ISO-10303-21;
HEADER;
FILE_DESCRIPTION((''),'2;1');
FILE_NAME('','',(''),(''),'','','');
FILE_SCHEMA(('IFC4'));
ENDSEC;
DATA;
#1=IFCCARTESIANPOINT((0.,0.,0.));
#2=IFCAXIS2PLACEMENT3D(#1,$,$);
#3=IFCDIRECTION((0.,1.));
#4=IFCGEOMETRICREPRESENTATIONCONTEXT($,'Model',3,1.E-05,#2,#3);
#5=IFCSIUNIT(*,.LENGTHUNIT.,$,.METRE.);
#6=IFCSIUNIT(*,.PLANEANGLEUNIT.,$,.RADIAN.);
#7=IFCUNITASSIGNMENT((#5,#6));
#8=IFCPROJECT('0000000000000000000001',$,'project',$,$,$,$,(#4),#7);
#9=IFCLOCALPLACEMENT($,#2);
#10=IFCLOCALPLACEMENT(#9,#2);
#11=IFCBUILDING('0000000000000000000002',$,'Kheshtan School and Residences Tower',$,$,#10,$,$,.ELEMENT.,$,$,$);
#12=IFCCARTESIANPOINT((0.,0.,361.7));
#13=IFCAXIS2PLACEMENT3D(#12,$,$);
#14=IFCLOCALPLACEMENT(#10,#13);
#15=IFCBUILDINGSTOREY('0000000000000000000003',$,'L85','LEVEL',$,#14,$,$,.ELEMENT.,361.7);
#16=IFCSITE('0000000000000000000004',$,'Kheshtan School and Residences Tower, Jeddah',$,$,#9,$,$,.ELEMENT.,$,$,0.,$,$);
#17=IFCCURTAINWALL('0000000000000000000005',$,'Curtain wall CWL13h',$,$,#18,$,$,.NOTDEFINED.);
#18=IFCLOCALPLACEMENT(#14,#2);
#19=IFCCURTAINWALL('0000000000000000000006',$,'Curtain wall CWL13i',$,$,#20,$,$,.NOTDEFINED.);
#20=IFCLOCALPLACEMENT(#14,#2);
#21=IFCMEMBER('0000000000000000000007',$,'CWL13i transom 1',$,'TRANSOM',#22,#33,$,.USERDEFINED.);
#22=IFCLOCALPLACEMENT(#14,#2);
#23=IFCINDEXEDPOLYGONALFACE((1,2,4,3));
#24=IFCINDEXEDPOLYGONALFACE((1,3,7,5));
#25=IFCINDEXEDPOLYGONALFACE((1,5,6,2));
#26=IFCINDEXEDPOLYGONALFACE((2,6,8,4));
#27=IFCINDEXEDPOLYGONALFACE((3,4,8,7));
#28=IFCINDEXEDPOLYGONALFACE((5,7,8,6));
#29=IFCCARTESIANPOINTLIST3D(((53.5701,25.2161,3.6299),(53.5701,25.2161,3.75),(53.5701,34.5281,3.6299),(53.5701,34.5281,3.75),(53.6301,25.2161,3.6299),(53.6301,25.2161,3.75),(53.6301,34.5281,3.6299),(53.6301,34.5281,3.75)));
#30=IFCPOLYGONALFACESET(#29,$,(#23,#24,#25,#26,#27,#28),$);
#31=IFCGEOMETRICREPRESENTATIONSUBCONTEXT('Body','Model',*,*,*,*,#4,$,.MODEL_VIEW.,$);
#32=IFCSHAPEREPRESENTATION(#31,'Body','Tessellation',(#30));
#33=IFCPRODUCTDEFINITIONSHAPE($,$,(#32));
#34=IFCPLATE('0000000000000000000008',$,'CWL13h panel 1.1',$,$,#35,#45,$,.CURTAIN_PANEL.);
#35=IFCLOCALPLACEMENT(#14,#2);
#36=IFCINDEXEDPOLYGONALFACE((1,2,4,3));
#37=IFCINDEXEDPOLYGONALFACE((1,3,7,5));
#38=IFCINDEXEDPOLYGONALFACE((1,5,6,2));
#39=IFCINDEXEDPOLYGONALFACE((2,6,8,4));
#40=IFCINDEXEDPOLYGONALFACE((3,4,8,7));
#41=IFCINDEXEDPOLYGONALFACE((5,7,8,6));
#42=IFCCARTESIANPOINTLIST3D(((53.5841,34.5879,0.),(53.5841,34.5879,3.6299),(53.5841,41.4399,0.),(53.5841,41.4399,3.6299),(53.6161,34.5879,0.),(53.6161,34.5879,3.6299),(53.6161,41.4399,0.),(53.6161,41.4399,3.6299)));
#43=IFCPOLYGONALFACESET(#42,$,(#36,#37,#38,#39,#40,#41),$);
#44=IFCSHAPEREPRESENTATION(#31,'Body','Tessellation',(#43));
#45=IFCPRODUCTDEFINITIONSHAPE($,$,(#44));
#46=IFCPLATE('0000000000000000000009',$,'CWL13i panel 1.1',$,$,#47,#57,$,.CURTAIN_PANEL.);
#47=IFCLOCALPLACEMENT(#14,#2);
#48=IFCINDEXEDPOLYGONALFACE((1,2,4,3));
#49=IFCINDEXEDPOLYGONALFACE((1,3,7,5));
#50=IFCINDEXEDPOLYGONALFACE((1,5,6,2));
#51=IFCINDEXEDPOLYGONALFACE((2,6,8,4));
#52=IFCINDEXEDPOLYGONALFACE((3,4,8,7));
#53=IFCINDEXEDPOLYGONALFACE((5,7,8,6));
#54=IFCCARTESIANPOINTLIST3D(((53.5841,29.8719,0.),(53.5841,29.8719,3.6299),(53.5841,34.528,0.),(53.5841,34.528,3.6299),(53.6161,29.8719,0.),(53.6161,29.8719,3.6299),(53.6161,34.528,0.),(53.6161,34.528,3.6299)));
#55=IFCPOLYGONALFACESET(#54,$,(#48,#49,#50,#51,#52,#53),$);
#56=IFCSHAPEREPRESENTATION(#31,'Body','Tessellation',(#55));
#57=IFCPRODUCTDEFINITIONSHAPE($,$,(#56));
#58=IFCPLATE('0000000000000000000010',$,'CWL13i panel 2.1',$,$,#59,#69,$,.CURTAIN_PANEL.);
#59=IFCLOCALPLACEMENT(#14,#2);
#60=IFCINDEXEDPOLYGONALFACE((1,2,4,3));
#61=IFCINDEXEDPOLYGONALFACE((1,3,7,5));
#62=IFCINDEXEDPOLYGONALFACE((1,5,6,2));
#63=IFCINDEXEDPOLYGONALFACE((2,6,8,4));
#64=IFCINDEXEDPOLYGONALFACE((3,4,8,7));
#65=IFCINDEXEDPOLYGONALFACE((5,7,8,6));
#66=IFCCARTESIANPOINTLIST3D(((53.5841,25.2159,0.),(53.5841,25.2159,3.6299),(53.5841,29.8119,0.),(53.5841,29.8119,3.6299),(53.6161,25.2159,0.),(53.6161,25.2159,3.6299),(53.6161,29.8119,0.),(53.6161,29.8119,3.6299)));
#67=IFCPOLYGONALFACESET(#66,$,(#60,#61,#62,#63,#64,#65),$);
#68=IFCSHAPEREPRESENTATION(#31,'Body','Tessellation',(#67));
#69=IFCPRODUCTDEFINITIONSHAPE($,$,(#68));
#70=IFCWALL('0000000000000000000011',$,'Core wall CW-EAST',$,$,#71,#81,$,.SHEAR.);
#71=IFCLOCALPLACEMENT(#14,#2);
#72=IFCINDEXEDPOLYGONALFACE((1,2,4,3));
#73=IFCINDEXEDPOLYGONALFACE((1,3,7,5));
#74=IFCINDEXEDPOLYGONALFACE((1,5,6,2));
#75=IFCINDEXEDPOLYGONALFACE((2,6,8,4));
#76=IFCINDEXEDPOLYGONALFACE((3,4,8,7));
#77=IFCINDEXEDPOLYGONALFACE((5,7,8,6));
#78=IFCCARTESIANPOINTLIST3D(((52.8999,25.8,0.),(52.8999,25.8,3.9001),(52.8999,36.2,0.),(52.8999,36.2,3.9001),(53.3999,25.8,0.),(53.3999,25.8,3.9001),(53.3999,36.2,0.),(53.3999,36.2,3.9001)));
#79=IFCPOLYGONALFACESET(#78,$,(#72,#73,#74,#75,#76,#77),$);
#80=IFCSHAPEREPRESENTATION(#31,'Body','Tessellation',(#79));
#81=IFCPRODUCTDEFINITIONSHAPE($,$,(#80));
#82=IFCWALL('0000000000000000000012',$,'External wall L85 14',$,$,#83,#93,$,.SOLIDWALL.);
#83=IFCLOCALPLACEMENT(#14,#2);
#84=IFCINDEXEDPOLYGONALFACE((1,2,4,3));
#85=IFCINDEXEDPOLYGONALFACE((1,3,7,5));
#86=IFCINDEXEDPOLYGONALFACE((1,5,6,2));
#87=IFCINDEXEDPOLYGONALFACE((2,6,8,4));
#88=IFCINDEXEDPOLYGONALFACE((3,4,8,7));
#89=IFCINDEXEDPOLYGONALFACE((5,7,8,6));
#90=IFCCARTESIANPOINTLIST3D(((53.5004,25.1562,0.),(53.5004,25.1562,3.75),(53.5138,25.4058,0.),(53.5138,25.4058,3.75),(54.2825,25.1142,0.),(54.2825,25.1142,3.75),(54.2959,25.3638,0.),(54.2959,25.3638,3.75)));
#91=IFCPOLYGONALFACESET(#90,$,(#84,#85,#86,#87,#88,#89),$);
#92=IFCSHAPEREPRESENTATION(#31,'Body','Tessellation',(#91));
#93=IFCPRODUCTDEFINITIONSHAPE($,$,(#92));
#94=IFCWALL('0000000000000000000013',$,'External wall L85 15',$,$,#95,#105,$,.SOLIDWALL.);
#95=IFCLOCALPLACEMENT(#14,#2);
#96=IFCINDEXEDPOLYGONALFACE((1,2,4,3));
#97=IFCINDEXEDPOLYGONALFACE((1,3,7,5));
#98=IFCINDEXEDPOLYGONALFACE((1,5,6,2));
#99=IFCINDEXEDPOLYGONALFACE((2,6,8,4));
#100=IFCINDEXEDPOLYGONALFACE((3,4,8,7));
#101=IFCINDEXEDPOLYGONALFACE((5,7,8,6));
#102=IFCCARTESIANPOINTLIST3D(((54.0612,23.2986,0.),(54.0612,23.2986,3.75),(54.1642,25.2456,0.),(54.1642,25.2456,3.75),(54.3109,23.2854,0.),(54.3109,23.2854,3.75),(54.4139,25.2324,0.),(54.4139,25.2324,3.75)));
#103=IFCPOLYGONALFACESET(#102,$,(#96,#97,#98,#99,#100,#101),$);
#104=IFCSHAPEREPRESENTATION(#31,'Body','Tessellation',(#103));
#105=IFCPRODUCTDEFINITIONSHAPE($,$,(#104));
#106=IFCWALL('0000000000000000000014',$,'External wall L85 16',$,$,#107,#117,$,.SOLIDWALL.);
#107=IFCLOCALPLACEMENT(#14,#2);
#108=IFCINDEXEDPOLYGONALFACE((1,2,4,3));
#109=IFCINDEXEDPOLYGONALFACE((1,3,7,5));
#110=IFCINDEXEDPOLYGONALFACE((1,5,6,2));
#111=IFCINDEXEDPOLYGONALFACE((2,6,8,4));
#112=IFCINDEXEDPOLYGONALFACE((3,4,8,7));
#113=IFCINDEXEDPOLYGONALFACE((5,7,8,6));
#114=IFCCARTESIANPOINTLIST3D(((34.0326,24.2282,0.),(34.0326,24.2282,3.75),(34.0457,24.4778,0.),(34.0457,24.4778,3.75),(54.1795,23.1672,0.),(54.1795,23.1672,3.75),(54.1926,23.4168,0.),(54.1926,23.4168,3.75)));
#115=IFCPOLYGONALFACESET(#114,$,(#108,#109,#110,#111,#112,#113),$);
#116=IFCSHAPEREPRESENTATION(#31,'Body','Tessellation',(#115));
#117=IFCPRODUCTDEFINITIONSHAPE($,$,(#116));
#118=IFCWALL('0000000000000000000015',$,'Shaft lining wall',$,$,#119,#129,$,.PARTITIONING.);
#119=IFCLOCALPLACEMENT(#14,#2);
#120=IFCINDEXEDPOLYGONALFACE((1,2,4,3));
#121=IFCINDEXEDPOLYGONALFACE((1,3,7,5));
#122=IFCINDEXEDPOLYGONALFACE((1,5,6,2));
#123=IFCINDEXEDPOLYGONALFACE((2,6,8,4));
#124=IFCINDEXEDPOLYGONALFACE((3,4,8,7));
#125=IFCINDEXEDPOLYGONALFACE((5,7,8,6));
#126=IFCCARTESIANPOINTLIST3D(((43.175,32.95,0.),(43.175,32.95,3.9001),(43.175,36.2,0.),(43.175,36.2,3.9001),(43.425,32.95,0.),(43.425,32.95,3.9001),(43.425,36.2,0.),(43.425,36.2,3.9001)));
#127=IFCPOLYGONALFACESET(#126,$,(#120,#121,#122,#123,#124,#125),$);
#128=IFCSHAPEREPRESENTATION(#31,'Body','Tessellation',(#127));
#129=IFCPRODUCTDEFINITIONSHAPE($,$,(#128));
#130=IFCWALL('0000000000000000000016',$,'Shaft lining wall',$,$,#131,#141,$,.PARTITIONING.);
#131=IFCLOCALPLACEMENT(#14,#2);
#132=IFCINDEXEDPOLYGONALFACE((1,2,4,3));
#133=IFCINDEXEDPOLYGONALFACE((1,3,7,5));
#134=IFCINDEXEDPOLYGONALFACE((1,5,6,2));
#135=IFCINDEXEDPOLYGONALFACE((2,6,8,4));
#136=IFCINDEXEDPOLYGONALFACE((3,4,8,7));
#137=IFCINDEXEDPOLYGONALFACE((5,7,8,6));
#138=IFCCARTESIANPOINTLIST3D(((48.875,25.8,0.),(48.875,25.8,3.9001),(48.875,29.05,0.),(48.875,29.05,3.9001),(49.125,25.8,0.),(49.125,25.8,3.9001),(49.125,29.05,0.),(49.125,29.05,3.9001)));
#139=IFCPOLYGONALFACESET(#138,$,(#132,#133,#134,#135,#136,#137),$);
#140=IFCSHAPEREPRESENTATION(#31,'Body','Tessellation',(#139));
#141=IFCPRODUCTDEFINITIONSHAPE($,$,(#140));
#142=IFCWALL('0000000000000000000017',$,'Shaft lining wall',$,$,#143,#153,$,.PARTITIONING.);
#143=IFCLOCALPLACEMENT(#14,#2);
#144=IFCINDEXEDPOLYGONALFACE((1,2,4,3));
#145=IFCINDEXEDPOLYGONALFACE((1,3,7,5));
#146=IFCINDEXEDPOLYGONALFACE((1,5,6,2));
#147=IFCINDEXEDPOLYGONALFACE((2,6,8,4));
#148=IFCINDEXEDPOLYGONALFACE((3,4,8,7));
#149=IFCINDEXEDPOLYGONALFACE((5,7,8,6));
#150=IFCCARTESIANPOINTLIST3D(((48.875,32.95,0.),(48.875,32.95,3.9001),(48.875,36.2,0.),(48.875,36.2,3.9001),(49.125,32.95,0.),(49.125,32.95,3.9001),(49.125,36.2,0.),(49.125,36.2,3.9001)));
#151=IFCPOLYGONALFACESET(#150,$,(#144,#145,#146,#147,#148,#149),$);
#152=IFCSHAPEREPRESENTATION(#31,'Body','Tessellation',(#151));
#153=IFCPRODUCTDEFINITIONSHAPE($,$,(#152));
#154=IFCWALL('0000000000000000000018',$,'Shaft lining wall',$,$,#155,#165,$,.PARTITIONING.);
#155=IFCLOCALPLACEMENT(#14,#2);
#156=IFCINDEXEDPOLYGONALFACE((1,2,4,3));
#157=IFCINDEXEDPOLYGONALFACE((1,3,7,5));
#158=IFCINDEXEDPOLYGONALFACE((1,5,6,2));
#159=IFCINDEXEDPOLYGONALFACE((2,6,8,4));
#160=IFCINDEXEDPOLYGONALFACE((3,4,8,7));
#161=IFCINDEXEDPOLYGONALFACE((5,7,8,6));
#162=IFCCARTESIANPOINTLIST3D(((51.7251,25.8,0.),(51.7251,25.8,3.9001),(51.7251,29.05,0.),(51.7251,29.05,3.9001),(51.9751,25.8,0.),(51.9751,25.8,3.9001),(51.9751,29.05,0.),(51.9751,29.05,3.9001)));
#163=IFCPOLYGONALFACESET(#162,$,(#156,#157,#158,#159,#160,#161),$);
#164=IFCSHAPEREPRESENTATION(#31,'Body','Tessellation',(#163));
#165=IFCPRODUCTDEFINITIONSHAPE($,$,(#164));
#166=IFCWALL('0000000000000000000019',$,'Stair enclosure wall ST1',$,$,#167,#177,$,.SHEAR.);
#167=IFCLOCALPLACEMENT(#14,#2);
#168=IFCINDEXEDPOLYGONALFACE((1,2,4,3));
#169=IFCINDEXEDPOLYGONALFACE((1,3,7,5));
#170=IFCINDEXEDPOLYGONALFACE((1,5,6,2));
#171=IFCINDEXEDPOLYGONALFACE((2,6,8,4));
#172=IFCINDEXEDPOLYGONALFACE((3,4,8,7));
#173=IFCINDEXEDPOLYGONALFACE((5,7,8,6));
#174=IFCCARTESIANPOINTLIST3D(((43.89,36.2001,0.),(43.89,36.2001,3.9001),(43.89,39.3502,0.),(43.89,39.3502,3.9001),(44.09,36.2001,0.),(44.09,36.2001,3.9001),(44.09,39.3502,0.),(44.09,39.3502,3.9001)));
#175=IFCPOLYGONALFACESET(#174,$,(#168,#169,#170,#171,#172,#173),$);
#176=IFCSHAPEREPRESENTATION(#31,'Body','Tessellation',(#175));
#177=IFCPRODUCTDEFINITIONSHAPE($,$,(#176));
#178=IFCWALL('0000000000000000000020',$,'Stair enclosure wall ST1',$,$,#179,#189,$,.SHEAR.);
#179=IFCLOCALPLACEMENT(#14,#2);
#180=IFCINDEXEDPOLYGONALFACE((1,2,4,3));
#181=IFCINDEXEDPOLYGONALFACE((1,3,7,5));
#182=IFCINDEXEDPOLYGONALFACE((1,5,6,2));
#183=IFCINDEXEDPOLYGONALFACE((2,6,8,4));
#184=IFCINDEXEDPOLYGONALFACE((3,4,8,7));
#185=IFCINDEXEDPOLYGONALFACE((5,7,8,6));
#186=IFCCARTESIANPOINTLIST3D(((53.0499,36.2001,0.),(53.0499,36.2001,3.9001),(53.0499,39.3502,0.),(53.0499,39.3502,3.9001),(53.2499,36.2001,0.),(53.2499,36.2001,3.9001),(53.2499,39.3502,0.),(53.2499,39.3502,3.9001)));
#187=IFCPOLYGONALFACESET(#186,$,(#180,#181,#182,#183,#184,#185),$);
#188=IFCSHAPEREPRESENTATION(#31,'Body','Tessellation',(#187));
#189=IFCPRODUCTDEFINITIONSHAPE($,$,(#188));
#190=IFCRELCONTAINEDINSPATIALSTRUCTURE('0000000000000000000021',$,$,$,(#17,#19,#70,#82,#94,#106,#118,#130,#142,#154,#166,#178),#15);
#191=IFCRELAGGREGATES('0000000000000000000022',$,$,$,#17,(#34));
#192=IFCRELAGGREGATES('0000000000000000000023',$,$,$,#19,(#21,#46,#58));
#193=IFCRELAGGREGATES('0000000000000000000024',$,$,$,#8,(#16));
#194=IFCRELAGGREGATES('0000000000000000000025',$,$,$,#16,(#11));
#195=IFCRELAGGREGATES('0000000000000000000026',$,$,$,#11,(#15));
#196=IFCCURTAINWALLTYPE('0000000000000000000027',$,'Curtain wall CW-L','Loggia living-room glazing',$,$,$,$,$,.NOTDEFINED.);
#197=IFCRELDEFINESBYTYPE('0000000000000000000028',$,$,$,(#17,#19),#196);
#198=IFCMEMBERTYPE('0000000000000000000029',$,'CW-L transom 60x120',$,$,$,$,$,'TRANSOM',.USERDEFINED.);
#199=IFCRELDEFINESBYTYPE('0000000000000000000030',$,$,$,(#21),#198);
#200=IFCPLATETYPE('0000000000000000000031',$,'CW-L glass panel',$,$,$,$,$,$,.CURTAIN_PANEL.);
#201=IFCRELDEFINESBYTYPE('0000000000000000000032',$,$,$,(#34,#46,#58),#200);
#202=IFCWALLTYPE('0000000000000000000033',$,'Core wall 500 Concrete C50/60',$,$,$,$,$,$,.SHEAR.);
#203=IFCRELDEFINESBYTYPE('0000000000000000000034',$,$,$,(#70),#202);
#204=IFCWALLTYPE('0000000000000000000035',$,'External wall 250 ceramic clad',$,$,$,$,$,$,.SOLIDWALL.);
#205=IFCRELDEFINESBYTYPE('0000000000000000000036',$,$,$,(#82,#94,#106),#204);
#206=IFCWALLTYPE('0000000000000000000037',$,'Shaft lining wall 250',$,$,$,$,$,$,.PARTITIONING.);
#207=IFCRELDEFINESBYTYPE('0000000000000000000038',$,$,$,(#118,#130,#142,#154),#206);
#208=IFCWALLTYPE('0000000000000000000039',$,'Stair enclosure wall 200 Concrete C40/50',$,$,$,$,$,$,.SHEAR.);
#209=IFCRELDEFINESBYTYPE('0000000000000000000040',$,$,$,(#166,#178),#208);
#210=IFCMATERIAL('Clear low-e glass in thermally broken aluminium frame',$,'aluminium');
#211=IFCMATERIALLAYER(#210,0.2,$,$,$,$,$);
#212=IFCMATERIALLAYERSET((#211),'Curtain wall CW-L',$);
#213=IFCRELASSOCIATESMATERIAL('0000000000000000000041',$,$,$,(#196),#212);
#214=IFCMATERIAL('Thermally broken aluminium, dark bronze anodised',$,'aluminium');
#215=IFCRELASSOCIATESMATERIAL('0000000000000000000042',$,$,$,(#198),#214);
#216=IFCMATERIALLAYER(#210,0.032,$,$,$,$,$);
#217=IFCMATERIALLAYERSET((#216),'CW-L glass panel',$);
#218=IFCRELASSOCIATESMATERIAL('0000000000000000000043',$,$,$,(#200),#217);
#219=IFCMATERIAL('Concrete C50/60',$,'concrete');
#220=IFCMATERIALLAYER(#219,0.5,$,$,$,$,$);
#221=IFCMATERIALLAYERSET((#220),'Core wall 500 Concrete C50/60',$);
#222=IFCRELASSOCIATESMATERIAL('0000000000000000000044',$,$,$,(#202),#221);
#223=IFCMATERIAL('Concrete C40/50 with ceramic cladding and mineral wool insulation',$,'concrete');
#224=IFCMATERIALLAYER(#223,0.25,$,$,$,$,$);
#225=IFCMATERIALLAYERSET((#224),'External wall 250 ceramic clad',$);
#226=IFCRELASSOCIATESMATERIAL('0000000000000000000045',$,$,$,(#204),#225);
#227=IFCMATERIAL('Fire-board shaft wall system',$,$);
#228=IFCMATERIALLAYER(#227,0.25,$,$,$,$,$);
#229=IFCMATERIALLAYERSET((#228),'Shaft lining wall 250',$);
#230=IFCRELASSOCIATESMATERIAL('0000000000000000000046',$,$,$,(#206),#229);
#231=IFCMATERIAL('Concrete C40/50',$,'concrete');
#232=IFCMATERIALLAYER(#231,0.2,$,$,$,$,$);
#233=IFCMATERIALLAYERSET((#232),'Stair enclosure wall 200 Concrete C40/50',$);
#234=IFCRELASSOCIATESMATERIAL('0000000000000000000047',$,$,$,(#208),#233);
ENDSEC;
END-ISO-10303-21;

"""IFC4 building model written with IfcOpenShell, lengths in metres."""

from ifc_helpers import new_model, si_unit, direction, frame, frame_2d, origin, origin_2d, place, context, subcontext, project, spatial, rectangle, extrude, material, layer, layer_set, material_profile, profile_set, type_object, element, aggregate, save


model = new_model("IFC4")

# Units and contexts
model_context = context("Model", 3, precision=1e-05, world=origin(), true_north=direction((0.0, 1.0)))
body_context = subcontext(model_context, "Body", "Model", "MODEL_VIEW")
ifc_project = project(units=[si_unit("LENGTHUNIT", "METRE"), si_unit("PLANEANGLEUNIT", "RADIAN")], contexts=[model_context])

# Site, building, storey
site_placement = place(None, origin())
site = spatial("IfcSite", under=ifc_project, at=site_placement, Name="Kheshtan School and Residences Tower, Jeddah", CompositionType="ELEMENT", RefElevation=0.0)
building_placement = place(site_placement, origin())
building = spatial("IfcBuilding", under=site, at=building_placement, Name="Kheshtan School and Residences Tower", CompositionType="ELEMENT")
storey_placement = place(building_placement, frame((0.0, 0.0, 361.7)))
storey = spatial("IfcBuildingStorey", under=building, at=storey_placement, Name="L85", Description="LEVEL", CompositionType="ELEMENT", Elevation=361.7)

# Curtain wall
ifc_material_1 = material(Name="Clear low-e glass in thermally broken aluminium frame", Category="aluminium")
ifc_layer_1 = layer(ifc_material_1, 0.2)
ifc_layer_set_1 = layer_set([ifc_layer_1], Name="Curtain wall CW-L")
curtain_wall_type = type_object("IfcCurtainWallType", Name="Curtain wall CW-L", Description="Loggia living-room glazing", PredefinedType="NOTDEFINED", material=ifc_layer_set_1)
curtain_wall_1_placement = place(storey_placement, origin())
curtain_wall_1 = element("IfcCurtainWall", 1, at=curtain_wall_1_placement, inside=storey, type_object=curtain_wall_type, Name="Curtain wall CWL13h", PredefinedType="NOTDEFINED")
ifc_material_2 = material(Name="Thermally broken aluminium, dark bronze anodised", Category="aluminium")

# Curtain wall, member
curtain_wall_2_placement = place(storey_placement, origin())
curtain_wall_2 = element("IfcCurtainWall", 2, at=curtain_wall_2_placement, inside=storey, type_object=curtain_wall_type, Name="Curtain wall CWL13i", PredefinedType="NOTDEFINED")
ifc_material_profile_1 = material_profile(ifc_material_2, rectangle(XDim=0.0601, YDim=0.1201, at=origin_2d()), Name="CW-L transom 60x120")
ifc_profile_set_1 = profile_set([ifc_material_profile_1], Name="Thermally broken aluminium, dark bronze anodised")
member_type_1 = type_object("IfcMemberType", Name="CW-L transom 60x120", ElementType="TRANSOM", PredefinedType="USERDEFINED", material=ifc_profile_set_1)
member_1_placement = place(storey_placement, frame((53.6001, 34.5281, 3.6899), z_axis=(0.0, -1.0, 0.0), x_axis=(1.0, 0.0, 0.0)))
member_1 = element("IfcMember", 3, at=member_1_placement, type_object=member_type_1, Name="CWL13i transom 1", ObjectType="TRANSOM", PredefinedType="USERDEFINED", context=body_context, shape_type="SweptSolid", body=[
    extrude(rectangle(XDim=0.0601, YDim=0.1201, at=origin_2d()), origin(), (0.0, 0.0, 1.0), 9.312),
])

# Plates
ifc_layer_2 = layer(ifc_material_1, 0.032)
ifc_layer_set_2 = layer_set([ifc_layer_2], Name="CW-L glass panel")
plate_type = type_object("IfcPlateType", Name="CW-L glass panel", PredefinedType="CURTAIN_PANEL", material=ifc_layer_set_2)
plate_1_placement = place(storey_placement, frame((53.6001, 38.0139, 0.0), z_axis=(0.0, 0.0, 1.0), x_axis=(0.0, -1.0, 0.0)))
plate_1 = element("IfcPlate", 4, at=plate_1_placement, type_object=plate_type, Name="CWL13h panel 1.1", PredefinedType="CURTAIN_PANEL", context=body_context, shape_type="SweptSolid", body=[
    extrude(rectangle(XDim=6.8521, YDim=0.032, at=origin_2d()), origin(), (0.0, 0.0, 1.0), 3.6299),
])
aggregate(curtain_wall_1, [plate_1])
plate_2_placement = place(storey_placement, frame((53.6001, 32.2, 0.0), z_axis=(0.0, 0.0, 1.0), x_axis=(0.0, -1.0, 0.0)))
plate_2 = element("IfcPlate", 5, at=plate_2_placement, type_object=plate_type, Name="CWL13i panel 1.1", PredefinedType="CURTAIN_PANEL", context=body_context, shape_type="SweptSolid", body=[
    extrude(rectangle(XDim=4.656, YDim=0.032, at=origin_2d()), origin(), (0.0, 0.0, 1.0), 3.6299),
])
plate_3_placement = place(storey_placement, frame((53.6001, 27.5139, 0.0), z_axis=(0.0, 0.0, 1.0), x_axis=(0.0, -1.0, 0.0)))
plate_3 = element("IfcPlate", 6, at=plate_3_placement, type_object=plate_type, Name="CWL13i panel 2.1", PredefinedType="CURTAIN_PANEL", context=body_context, shape_type="SweptSolid", body=[
    extrude(rectangle(XDim=4.5959, YDim=0.032, at=origin_2d()), origin(), (0.0, 0.0, 1.0), 3.6299),
])
aggregate(curtain_wall_2, [member_1, plate_2, plate_3])

# Walls
ifc_material_3 = material(Name="Concrete C50/60", Category="concrete")
ifc_layer_3 = layer(ifc_material_3, 0.5)
ifc_layer_set_3 = layer_set([ifc_layer_3], Name="Core wall 500 Concrete C50/60")
wall_type_1 = type_object("IfcWallType", Name="Core wall 500 Concrete C50/60", PredefinedType="SHEAR", material=ifc_layer_set_3)
wall_1_placement = place(storey_placement, frame((53.1499, 25.8, 0.0), z_axis=(0.0, 0.0, 1.0), x_axis=(0.0, 1.0, 0.0)))
element("IfcWall", 7, at=wall_1_placement, inside=storey, type_object=wall_type_1, Name="Core wall CW-EAST", PredefinedType="SHEAR", context=body_context, shape_type="SweptSolid", body=[
    extrude(rectangle(XDim=10.3999, YDim=0.5, at=frame_2d((5.2, 0.0))), origin(), (0.0, 0.0, 1.0), 3.9001),
])
ifc_material_4 = material(Name="Concrete C40/50 with ceramic cladding and mineral wool insulation", Category="concrete")
ifc_layer_4 = layer(ifc_material_4, 0.25)
ifc_layer_set_4 = layer_set([ifc_layer_4], Name="External wall 250 ceramic clad")
wall_type_2 = type_object("IfcWallType", Name="External wall 250 ceramic clad", PredefinedType="SOLIDWALL", material=ifc_layer_set_4)
wall_2_placement = place(storey_placement, frame((53.5071, 25.281, 0.0), z_axis=(0.0, 0.0, 1.0), x_axis=(0.998561, -0.053622, 0.0)))
element("IfcWall", 8, at=wall_2_placement, inside=storey, type_object=wall_type_2, Name="External wall L85 14", PredefinedType="SOLIDWALL", context=body_context, shape_type="SweptSolid", body=[
    extrude(rectangle(XDim=0.7832, YDim=0.25, at=frame_2d((0.3916, 0.0))), origin(), (0.0, 0.0, 1.0), 3.75),
])
wall_3_placement = place(storey_placement, frame((54.2891, 25.239, 0.0), z_axis=(0.0, 0.0, 1.0), x_axis=(-0.052841, -0.998603, 0.0)))
element("IfcWall", 9, at=wall_3_placement, inside=storey, type_object=wall_type_2, Name="External wall L85 15", PredefinedType="SOLIDWALL", context=body_context, shape_type="SweptSolid", body=[
    extrude(rectangle(XDim=1.9497, YDim=0.25, at=frame_2d((0.9749, 0.0))), origin(), (0.0, 0.0, 1.0), 3.75),
])
wall_4_placement = place(storey_placement, frame((54.186, 23.292, 0.0), z_axis=(0.0, 0.0, 1.0), x_axis=(-0.998616, 0.052592, 0.0)))
element("IfcWall", 10, at=wall_4_placement, inside=storey, type_object=wall_type_2, Name="External wall L85 16", PredefinedType="SOLIDWALL", context=body_context, shape_type="SweptSolid", body=[
    extrude(rectangle(XDim=20.1748, YDim=0.25, at=frame_2d((10.0874, 0.0))), origin(), (0.0, 0.0, 1.0), 3.75),
])
ifc_material_5 = material(Name="Fire-board shaft wall system")
ifc_layer_5 = layer(ifc_material_5, 0.25)
ifc_layer_set_5 = layer_set([ifc_layer_5], Name="Shaft lining wall 250")
wall_type_3 = type_object("IfcWallType", Name="Shaft lining wall 250", PredefinedType="PARTITIONING", material=ifc_layer_set_5)
for number, where, z_axis, x_axis, name in (
    (11, (43.3, 32.95, 0.0), (0.0, 0.0, 1.0), (0.0, 1.0, 0.0), "Shaft lining wall"),
    (12, (49.0, 25.8, 0.0), (0.0, 0.0, 1.0), (0.0, 1.0, 0.0), "Shaft lining wall"),
    (13, (49.0, 32.95, 0.0), (0.0, 0.0, 1.0), (0.0, 1.0, 0.0), "Shaft lining wall"),
    (14, (51.8501, 25.8, 0.0), (0.0, 0.0, 1.0), (0.0, 1.0, 0.0), "Shaft lining wall"),
):
    element("IfcWall", number, at=place(storey_placement, frame(where, z_axis=z_axis, x_axis=x_axis)), inside=storey, type_object=wall_type_3, Name=name, PredefinedType="PARTITIONING", context=body_context, shape_type="SweptSolid", body=[
        extrude(rectangle(XDim=3.25, YDim=0.25, at=frame_2d((1.625, 0.0))), origin(), (0.0, 0.0, 1.0), 3.9001),
    ])
ifc_material_6 = material(Name="Concrete C40/50", Category="concrete")
ifc_layer_6 = layer(ifc_material_6, 0.2)
ifc_layer_set_6 = layer_set([ifc_layer_6], Name="Stair enclosure wall 200 Concrete C40/50")
wall_type_4 = type_object("IfcWallType", Name="Stair enclosure wall 200 Concrete C40/50", PredefinedType="SHEAR", material=ifc_layer_set_6)
for number, where, z_axis, x_axis, name in (
    (15, (43.99, 36.2, 0.0), (0.0, 0.0, 1.0), (0.0, 1.0, 0.0), "Stair enclosure wall ST1"),
    (16, (53.1499, 36.2, 0.0), (0.0, 0.0, 1.0), (0.0, 1.0, 0.0), "Stair enclosure wall ST1"),
):
    element("IfcWall", number, at=place(storey_placement, frame(where, z_axis=z_axis, x_axis=x_axis)), inside=storey, type_object=wall_type_4, Name=name, PredefinedType="SHEAR", context=body_context, shape_type="SweptSolid", body=[
        extrude(rectangle(XDim=3.1501, YDim=0.2, at=frame_2d((1.5752, 0.0))), origin(), (0.0, 0.0, 1.0), 3.9001),
    ])

save(model, "model.ifc")
